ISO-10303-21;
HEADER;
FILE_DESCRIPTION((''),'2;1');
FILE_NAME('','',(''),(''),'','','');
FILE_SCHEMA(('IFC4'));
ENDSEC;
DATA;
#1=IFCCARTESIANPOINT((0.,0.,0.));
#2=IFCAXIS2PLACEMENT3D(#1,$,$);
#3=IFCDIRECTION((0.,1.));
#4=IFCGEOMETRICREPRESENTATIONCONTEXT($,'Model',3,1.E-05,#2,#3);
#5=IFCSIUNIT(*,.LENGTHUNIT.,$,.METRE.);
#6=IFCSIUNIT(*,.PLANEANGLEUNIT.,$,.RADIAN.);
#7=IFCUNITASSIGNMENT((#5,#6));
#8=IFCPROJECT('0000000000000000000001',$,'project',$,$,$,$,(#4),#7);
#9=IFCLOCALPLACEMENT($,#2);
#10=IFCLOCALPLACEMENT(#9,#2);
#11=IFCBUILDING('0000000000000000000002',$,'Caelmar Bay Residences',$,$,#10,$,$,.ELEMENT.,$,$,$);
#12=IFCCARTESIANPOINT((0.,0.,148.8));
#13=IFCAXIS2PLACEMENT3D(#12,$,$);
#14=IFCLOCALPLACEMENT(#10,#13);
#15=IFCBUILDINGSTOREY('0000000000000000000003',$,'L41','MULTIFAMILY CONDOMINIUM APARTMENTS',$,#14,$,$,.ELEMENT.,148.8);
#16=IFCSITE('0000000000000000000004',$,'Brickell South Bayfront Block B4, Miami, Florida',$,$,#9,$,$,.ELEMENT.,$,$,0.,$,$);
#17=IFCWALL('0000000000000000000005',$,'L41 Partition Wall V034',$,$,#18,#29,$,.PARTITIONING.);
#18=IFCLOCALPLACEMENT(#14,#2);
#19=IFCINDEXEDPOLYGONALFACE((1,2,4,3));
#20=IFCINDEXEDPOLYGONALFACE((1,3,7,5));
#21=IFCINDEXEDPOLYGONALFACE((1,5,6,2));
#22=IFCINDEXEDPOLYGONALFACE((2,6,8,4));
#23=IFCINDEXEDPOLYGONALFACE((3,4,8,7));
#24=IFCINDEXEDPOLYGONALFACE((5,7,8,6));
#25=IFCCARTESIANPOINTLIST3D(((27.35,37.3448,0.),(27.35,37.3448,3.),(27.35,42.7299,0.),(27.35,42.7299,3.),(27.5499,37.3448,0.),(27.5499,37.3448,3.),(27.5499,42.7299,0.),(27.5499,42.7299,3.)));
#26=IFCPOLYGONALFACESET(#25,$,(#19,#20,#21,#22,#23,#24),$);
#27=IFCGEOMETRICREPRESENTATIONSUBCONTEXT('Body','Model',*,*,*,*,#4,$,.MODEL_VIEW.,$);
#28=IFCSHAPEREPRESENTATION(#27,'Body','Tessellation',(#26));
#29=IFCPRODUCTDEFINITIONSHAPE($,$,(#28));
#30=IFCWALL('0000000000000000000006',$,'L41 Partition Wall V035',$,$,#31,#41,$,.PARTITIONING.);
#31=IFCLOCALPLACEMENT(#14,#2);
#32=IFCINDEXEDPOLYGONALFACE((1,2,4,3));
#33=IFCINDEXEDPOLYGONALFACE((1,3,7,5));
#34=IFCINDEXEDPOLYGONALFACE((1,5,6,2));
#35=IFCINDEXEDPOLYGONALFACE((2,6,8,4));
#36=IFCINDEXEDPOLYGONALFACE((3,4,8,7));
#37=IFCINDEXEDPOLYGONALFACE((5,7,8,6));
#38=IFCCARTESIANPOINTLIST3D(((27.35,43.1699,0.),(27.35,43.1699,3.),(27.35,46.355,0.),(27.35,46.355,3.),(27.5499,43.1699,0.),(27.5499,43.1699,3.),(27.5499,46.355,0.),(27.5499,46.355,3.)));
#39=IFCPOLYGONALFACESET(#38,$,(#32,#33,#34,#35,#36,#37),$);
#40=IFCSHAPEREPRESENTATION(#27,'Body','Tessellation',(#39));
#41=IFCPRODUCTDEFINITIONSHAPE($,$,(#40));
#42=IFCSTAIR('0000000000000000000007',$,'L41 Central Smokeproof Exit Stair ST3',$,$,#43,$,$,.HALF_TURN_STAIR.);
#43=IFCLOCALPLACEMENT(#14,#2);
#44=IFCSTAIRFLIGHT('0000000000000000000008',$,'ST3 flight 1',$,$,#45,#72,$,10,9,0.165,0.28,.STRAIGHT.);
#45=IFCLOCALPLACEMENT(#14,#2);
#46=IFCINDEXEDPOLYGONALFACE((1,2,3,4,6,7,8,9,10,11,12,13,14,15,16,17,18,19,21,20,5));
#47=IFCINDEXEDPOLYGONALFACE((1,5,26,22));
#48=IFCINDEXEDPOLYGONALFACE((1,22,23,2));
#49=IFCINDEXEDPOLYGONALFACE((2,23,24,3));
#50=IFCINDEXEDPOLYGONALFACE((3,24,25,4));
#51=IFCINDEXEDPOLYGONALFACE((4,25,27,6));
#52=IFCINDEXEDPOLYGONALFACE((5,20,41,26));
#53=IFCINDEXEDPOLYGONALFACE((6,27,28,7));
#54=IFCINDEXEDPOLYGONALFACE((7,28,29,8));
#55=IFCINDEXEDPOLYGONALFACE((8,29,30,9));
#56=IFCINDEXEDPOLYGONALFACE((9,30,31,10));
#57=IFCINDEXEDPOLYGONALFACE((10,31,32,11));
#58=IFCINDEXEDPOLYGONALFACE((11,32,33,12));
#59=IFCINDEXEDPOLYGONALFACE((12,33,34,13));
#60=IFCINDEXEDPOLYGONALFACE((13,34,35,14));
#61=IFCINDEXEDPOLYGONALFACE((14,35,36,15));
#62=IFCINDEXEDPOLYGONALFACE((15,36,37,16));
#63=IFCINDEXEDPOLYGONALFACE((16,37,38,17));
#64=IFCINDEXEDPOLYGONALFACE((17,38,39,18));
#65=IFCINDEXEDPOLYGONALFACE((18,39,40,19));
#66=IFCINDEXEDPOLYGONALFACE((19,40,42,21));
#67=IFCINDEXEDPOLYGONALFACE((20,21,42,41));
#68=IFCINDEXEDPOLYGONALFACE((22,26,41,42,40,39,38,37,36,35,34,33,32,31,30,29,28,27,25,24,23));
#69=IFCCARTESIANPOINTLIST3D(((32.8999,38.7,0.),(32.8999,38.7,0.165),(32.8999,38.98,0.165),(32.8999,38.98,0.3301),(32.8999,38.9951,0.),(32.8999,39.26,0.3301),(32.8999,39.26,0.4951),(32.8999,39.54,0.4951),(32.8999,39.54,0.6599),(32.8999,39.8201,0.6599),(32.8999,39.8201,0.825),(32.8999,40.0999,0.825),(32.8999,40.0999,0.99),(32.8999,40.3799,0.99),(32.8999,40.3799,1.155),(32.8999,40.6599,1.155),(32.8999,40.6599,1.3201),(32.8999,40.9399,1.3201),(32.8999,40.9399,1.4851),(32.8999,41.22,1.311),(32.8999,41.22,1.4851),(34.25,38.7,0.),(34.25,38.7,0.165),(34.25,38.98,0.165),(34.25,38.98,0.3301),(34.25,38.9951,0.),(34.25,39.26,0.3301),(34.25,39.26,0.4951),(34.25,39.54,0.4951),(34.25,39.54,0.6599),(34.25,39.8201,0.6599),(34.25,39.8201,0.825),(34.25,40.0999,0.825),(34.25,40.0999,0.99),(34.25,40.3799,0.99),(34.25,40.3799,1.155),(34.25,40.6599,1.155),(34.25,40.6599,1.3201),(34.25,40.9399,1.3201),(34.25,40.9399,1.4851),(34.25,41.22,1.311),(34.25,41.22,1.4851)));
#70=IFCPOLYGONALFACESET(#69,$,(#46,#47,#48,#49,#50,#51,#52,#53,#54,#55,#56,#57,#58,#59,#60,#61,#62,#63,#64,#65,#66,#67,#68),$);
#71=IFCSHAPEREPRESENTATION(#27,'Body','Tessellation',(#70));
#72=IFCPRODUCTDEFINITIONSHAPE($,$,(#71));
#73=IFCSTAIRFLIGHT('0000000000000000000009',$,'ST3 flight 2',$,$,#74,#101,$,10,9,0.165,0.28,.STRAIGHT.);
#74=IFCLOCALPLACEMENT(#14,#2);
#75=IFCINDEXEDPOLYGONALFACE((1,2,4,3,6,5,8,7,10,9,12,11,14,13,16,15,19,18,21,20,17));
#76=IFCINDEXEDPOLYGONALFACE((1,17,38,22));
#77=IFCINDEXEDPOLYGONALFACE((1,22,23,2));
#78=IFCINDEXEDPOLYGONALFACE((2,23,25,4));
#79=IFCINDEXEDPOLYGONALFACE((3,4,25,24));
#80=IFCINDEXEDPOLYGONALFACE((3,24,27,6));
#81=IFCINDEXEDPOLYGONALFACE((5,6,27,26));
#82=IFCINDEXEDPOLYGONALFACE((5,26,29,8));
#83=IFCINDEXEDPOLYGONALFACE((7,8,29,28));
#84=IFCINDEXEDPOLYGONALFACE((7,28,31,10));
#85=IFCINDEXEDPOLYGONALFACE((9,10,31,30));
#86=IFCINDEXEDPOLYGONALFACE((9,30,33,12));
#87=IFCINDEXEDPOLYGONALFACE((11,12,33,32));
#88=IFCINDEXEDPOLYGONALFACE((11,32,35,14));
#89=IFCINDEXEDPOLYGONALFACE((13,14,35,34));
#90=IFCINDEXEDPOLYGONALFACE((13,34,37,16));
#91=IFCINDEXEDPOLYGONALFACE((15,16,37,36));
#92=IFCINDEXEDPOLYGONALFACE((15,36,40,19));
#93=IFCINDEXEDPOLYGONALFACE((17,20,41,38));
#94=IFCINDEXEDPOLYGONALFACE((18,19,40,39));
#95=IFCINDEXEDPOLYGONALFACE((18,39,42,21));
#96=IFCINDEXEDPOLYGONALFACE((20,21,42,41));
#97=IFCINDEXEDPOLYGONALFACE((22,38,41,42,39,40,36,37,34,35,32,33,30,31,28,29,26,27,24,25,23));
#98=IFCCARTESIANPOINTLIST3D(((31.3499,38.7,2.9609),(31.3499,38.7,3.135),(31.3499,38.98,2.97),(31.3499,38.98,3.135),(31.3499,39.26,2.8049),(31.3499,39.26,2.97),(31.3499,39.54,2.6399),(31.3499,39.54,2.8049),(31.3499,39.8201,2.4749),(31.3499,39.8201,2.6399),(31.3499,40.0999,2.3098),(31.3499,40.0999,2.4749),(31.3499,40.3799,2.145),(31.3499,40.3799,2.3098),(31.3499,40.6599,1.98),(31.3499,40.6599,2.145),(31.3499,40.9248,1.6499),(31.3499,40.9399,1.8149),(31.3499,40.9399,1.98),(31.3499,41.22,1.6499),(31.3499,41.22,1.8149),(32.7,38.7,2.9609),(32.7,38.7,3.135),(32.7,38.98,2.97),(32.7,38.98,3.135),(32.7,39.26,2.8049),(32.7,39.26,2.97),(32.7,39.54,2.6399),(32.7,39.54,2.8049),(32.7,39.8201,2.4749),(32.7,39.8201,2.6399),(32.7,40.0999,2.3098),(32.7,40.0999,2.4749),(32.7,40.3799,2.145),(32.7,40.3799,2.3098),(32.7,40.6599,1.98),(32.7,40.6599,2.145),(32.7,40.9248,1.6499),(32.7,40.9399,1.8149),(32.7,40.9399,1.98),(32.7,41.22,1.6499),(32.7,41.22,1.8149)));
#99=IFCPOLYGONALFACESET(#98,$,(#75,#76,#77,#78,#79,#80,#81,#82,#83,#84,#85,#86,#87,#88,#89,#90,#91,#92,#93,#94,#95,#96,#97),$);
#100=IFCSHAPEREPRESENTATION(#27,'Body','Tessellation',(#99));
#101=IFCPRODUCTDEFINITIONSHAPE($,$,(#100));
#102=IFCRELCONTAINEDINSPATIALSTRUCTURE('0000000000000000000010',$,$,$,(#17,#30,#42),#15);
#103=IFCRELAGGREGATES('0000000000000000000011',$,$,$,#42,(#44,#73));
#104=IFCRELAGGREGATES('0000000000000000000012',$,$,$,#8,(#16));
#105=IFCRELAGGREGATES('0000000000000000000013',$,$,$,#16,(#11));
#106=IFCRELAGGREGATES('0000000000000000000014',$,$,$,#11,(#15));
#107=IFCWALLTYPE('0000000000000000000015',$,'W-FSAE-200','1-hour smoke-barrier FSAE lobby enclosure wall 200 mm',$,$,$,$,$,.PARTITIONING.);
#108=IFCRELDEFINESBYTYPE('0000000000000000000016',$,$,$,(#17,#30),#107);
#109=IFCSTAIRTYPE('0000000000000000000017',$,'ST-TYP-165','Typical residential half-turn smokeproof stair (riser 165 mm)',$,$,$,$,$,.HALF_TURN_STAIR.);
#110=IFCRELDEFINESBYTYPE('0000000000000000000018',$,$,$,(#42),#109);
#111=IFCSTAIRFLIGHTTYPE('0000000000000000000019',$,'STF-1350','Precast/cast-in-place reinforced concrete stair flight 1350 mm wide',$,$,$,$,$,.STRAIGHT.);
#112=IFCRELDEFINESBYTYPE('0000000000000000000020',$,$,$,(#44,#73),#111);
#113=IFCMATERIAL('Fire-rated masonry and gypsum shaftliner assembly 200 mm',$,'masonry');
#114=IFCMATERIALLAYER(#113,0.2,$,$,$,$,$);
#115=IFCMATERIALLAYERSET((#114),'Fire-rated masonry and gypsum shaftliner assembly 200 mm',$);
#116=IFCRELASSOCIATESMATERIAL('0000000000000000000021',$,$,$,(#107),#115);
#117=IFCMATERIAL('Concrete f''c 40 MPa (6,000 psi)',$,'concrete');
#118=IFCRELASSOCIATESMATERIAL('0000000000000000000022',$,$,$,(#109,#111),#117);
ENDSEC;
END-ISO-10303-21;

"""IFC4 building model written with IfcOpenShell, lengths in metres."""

from ifc_helpers import new_model, si_unit, direction, frame, frame_2d, origin, place, context, subcontext, project, spatial, polyline, rectangle, outline, extrude, material, layer, layer_set, type_object, element, aggregate, save


model = new_model("IFC4")

# Units and contexts
model_context = context("Model", 3, precision=1e-05, world=origin(), true_north=direction((0.0, 1.0)))
body_context = subcontext(model_context, "Body", "Model", "MODEL_VIEW")
ifc_project = project(units=[si_unit("LENGTHUNIT", "METRE"), si_unit("PLANEANGLEUNIT", "RADIAN")], contexts=[model_context])

# Site, building, storey
site_placement = place(None, origin())
site = spatial("IfcSite", under=ifc_project, at=site_placement, Name="Brickell South Bayfront Block B4, Miami, Florida", CompositionType="ELEMENT", RefElevation=0.0)
building_placement = place(site_placement, origin())
building = spatial("IfcBuilding", under=site, at=building_placement, Name="Caelmar Bay Residences", CompositionType="ELEMENT")
storey_placement = place(building_placement, frame((0.0, 0.0, 148.8)))
storey = spatial("IfcBuildingStorey", under=building, at=storey_placement, Name="L41", Description="MULTIFAMILY CONDOMINIUM APARTMENTS", CompositionType="ELEMENT", Elevation=148.8)

# Walls
ifc_material_1 = material(Name="Fire-rated masonry and gypsum shaftliner assembly 200 mm", Category="masonry")
ifc_layer_1 = layer(ifc_material_1, 0.2)
ifc_layer_set_1 = layer_set([ifc_layer_1], Name="Fire-rated masonry and gypsum shaftliner assembly 200 mm")
wall_type_1 = type_object("IfcWallType", Name="W-FSAE-200", Description="1-hour smoke-barrier FSAE lobby enclosure wall 200 mm", PredefinedType="PARTITIONING", material=ifc_layer_set_1)
wall_1_placement = place(storey_placement, frame((27.45, 37.345, 0.0), z_axis=(0.0, 0.0, 1.0), x_axis=(0.0, 1.0, 0.0)))
element("IfcWall", 1, at=wall_1_placement, inside=storey, type_object=wall_type_1, Name="L41 Partition Wall V034", PredefinedType="PARTITIONING", context=body_context, shape_type="SweptSolid", body=[
    extrude(rectangle(XDim=5.385, YDim=0.2, at=frame_2d((2.6924, 0.0))), origin(), (0.0, 0.0, 1.0), 3.0),
])
wall_2_placement = place(storey_placement, frame((27.45, 43.1699, 0.0), z_axis=(0.0, 0.0, 1.0), x_axis=(0.0, 1.0, 0.0)))
element("IfcWall", 2, at=wall_2_placement, inside=storey, type_object=wall_type_1, Name="L41 Partition Wall V035", PredefinedType="PARTITIONING", context=body_context, shape_type="SweptSolid", body=[
    extrude(rectangle(XDim=3.1851, YDim=0.2, at=frame_2d((1.5925, 0.0))), origin(), (0.0, 0.0, 1.0), 3.0),
])

# Stair, stair flights
ifc_material_2 = material(Name="Concrete f'c 40 MPa (6,000 psi)", Category="concrete")
stair_type = type_object("IfcStairType", Name="ST-TYP-165", Description="Typical residential half-turn smokeproof stair (riser 165 mm)", PredefinedType="HALF_TURN_STAIR", material=ifc_material_2)
stair_placement = place(storey_placement, origin())
stair = element("IfcStair", 3, at=stair_placement, inside=storey, type_object=stair_type, Name="L41 Central Smokeproof Exit Stair ST3", PredefinedType="HALF_TURN_STAIR")
stair_flight_type = type_object("IfcStairFlightType", Name="STF-1350", Description="Precast/cast-in-place reinforced concrete stair flight 1350 mm wide", PredefinedType="STRAIGHT", material=ifc_material_2)
stair_flight_1_placement = place(storey_placement, frame((33.575, 38.7, 0.0), z_axis=(0.0, 0.0, 1.0), x_axis=(0.0, 1.0, 0.0)))
stair_flight_1 = element("IfcStairFlight", 4, at=stair_flight_1_placement, type_object=stair_flight_type, Name="ST3 flight 1", NumberOfRisers=10, NumberOfTreads=9, PredefinedType="STRAIGHT", RiserHeight=0.165, TreadLength=0.28, context=body_context, shape_type="SweptSolid", body=[
    extrude(outline(polyline([(0.0, 0.0), (0.0, 0.165), (0.28, 0.165), (0.28, 0.3301), (0.5601, 0.3301), (0.5601, 0.4951), (0.8401, 0.4951), (0.8401, 0.6599), (1.1201, 0.6599), (1.1201, 0.825), (1.3999, 0.825), (1.3999, 0.99), (1.6799, 0.99), (1.6799, 1.155), (1.96, 1.155), (1.96, 1.3201), (2.24, 1.3201), (2.24, 1.4851), (2.52, 1.4851), (2.52, 1.6499), (2.52, 1.311), (0.2952, 0.0), (0.0, 0.0)])), frame((0.0, 0.675, 0.0), z_axis=(0.0, -1.0, 0.0), x_axis=(1.0, 0.0, 0.0)), (0.0, 0.0, 1.0), 1.3501),
])
stair_flight_2_placement = place(storey_placement, frame((32.0249, 41.22, 1.6499), z_axis=(0.0, 0.0, 1.0), x_axis=(0.0, -1.0, 0.0)))
stair_flight_2 = element("IfcStairFlight", 5, at=stair_flight_2_placement, type_object=stair_flight_type, Name="ST3 flight 2", NumberOfRisers=10, NumberOfTreads=9, PredefinedType="STRAIGHT", RiserHeight=0.165, TreadLength=0.28, context=body_context, shape_type="SweptSolid", body=[
    extrude(outline(polyline([(0.0, 0.0), (0.0, 0.165), (0.28, 0.165), (0.28, 0.3301), (0.5601, 0.3301), (0.5601, 0.4951), (0.8401, 0.4951), (0.8401, 0.6599), (1.1201, 0.6599), (1.1201, 0.825), (1.3999, 0.825), (1.3999, 0.99), (1.6799, 0.99), (1.6799, 1.155), (1.96, 1.155), (1.96, 1.3201), (2.24, 1.3201), (2.24, 1.4851), (2.52, 1.4851), (2.52, 1.6499), (2.52, 1.311), (0.2952, 0.0), (0.0, 0.0)])), frame((0.0, 0.675, 0.0), z_axis=(0.0, -1.0, 0.0), x_axis=(1.0, 0.0, 0.0)), (0.0, 0.0, 1.0), 1.3501),
])
aggregate(stair, [stair_flight_1, stair_flight_2])

save(model, "model.ifc")
